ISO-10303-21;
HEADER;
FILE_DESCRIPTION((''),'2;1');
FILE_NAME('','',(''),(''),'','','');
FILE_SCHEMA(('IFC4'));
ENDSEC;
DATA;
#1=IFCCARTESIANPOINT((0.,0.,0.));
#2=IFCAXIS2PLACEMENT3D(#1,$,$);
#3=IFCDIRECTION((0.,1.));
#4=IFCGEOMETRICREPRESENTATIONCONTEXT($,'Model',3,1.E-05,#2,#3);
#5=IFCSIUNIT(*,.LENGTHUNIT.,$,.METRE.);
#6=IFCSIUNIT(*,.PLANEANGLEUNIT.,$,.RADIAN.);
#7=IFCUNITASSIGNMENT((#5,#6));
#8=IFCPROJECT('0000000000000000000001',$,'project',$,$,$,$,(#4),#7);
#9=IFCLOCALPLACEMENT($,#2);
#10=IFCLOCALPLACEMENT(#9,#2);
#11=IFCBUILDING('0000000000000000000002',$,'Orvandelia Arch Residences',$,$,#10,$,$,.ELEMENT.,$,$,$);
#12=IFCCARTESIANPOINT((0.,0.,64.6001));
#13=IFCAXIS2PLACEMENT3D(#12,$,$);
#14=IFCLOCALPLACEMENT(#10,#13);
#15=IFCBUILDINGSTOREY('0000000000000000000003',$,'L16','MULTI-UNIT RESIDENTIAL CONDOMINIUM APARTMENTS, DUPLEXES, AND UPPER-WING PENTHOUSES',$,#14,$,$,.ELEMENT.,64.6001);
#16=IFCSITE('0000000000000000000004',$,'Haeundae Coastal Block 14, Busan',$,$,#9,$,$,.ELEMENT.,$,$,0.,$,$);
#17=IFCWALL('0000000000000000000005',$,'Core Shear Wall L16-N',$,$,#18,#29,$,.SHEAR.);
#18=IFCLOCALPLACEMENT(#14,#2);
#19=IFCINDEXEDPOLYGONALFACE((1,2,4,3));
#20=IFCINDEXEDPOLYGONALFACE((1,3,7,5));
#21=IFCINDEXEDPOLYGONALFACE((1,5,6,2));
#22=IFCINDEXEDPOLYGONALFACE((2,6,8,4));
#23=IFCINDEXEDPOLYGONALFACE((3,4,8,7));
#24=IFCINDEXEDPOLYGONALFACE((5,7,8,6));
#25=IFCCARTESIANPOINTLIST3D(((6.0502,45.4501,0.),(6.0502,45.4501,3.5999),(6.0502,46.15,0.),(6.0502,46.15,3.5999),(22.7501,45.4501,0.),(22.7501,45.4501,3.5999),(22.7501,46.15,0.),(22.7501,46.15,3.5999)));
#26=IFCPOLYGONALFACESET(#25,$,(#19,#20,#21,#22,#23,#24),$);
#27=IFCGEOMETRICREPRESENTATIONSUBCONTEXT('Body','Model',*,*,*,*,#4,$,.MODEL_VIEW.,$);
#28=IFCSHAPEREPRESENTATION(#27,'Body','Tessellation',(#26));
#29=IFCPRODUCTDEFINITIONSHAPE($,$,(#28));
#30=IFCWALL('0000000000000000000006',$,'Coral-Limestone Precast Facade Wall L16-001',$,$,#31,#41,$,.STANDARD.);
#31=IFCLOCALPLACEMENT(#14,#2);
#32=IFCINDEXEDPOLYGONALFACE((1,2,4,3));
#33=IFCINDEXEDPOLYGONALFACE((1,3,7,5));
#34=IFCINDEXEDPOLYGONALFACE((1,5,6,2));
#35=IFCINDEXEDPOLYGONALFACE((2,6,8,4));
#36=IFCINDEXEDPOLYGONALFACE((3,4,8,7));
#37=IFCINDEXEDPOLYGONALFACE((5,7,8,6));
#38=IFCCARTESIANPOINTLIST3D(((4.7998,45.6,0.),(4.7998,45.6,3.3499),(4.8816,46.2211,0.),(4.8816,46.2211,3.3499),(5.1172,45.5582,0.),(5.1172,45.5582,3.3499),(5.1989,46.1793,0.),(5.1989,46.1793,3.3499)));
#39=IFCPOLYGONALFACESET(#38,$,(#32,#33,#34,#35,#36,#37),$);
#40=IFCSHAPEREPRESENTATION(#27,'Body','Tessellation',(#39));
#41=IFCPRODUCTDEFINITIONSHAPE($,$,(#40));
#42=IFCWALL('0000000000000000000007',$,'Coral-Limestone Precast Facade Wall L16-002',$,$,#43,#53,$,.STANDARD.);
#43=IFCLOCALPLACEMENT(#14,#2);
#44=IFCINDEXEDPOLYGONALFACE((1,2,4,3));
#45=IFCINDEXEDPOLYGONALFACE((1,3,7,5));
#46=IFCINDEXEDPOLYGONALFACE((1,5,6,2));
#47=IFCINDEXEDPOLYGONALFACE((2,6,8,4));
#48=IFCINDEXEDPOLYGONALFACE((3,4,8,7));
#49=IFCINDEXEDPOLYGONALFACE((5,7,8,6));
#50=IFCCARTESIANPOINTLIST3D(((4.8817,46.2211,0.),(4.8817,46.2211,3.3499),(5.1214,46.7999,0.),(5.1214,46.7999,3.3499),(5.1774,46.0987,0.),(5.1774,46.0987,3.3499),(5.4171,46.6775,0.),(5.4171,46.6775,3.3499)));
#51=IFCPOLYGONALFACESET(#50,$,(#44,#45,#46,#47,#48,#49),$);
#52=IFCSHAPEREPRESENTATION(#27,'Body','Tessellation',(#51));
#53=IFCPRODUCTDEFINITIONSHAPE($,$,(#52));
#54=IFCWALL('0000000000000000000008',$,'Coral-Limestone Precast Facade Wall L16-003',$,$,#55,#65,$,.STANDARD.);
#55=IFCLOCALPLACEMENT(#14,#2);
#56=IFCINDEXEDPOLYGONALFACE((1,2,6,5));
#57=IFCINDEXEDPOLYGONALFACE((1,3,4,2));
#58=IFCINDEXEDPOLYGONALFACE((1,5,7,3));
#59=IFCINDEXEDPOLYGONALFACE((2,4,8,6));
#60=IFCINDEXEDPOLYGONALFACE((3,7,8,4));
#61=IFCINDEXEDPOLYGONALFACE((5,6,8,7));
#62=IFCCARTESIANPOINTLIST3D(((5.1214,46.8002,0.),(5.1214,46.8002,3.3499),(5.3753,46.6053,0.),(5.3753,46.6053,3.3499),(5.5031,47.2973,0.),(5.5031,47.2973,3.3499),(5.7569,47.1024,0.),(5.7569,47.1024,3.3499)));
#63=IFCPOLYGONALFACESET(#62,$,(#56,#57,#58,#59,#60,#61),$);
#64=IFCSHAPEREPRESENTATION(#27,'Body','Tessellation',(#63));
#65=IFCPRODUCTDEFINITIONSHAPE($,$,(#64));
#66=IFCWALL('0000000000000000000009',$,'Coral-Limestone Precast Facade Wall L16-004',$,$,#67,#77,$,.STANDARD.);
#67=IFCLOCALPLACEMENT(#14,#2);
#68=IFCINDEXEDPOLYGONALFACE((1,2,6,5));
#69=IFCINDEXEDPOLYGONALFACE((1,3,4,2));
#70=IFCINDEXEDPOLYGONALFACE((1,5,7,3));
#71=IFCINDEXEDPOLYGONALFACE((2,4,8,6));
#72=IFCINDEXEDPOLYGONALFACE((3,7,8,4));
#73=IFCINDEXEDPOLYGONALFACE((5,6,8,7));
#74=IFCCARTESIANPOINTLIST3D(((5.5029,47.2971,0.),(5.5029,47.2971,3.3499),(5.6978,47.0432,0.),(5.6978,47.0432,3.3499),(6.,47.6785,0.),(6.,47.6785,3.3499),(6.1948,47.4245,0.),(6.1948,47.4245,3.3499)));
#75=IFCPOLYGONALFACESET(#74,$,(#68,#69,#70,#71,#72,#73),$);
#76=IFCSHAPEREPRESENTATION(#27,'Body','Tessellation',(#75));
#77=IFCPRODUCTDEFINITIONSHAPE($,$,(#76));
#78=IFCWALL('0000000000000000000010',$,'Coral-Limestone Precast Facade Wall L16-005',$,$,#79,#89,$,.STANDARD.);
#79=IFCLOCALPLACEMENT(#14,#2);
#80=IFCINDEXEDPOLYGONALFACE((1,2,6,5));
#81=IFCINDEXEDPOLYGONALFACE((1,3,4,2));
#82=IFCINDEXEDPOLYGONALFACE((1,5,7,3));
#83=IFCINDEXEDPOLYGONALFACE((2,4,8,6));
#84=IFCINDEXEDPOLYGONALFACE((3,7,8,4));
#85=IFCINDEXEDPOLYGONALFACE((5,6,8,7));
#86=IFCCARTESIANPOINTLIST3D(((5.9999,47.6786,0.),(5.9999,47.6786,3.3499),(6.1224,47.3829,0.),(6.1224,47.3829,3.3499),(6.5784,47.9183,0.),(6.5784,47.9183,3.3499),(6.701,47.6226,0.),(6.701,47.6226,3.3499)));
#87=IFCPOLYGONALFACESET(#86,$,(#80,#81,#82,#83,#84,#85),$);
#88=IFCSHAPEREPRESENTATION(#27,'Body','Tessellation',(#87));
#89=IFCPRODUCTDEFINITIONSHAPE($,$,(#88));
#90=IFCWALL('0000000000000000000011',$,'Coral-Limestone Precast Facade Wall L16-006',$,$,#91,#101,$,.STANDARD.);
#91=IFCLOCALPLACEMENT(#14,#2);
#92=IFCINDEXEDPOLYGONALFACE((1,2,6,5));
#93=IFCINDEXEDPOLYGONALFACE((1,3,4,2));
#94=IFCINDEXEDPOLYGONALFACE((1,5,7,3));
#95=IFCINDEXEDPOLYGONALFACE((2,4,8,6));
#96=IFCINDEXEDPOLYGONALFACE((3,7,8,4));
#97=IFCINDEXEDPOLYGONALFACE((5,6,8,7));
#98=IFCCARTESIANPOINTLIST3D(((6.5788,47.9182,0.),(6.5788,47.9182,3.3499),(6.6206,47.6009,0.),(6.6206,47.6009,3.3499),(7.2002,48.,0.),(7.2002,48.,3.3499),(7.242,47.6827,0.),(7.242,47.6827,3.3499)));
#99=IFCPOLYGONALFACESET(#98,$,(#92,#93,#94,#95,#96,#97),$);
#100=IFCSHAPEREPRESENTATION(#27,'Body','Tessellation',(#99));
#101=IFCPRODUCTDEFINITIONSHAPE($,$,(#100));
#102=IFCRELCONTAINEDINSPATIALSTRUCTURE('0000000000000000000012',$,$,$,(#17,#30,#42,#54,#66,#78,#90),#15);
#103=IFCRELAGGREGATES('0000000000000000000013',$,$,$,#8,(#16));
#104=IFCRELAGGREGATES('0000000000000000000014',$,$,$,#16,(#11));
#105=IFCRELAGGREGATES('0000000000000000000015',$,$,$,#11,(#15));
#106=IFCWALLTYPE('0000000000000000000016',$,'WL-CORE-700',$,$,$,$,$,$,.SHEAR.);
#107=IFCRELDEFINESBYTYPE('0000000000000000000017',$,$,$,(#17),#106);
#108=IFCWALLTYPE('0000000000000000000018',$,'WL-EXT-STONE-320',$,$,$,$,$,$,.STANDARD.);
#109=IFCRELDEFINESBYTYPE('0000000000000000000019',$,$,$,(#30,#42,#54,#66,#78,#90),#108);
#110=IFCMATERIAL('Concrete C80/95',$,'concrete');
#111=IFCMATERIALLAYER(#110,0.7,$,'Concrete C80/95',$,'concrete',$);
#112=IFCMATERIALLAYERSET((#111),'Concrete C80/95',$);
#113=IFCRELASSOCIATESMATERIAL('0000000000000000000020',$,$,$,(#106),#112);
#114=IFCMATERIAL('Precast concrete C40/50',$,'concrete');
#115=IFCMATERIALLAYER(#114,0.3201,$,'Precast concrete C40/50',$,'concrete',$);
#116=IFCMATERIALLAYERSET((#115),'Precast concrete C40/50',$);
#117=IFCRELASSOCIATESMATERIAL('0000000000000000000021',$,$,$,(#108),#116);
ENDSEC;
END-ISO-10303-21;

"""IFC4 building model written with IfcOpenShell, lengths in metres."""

from ifc_helpers import new_model, si_unit, direction, frame, frame_2d, origin, place, context, subcontext, project, spatial, rectangle, extrude, material, layer, layer_set, type_object, element, save


model = new_model("IFC4")

# Units and contexts
model_context = context("Model", 3, precision=1e-05, world=origin(), true_north=direction((0.0, 1.0)))
body_context = subcontext(model_context, "Body", "Model", "MODEL_VIEW")
ifc_project = project(units=[si_unit("LENGTHUNIT", "METRE"), si_unit("PLANEANGLEUNIT", "RADIAN")], contexts=[model_context])

# Site, building, storey
site_placement = place(None, origin())
site = spatial("IfcSite", under=ifc_project, at=site_placement, Name="Haeundae Coastal Block 14, Busan", CompositionType="ELEMENT", RefElevation=0.0)
building_placement = place(site_placement, origin())
building = spatial("IfcBuilding", under=site, at=building_placement, Name="Orvandelia Arch Residences", CompositionType="ELEMENT")
storey_placement = place(building_placement, frame((0.0, 0.0, 64.6001)))
storey = spatial("IfcBuildingStorey", under=building, at=storey_placement, Name="L16", Description="MULTI-UNIT RESIDENTIAL CONDOMINIUM APARTMENTS, DUPLEXES, AND UPPER-WING PENTHOUSES", CompositionType="ELEMENT", Elevation=64.6001)

# Shared definitions
ifc_material_1 = material(Name="Concrete C80/95", Category="concrete")

# Walls
ifc_layer_1 = layer(ifc_material_1, 0.7, Name="Concrete C80/95", Category="concrete")
ifc_layer_set_1 = layer_set([ifc_layer_1], Name="Concrete C80/95")
wall_type_1 = type_object("IfcWallType", Name="WL-CORE-700", PredefinedType="SHEAR", material=ifc_layer_set_1)
wall_1_placement = place(storey_placement, frame((6.05, 45.8, 0.0), z_axis=(0.0, 0.0, 1.0), x_axis=(1.0, 0.0, 0.0)))
element("IfcWall", 1, at=wall_1_placement, inside=storey, type_object=wall_type_1, Name="Core Shear Wall L16-N", PredefinedType="SHEAR", context=body_context, shape_type="SweptSolid", body=[
    extrude(rectangle(XDim=16.7, YDim=0.7, at=frame_2d((8.3501, 0.0))), origin(), (0.0, 0.0, 1.0), 3.5999),
])
ifc_material_2 = material(Name="Precast concrete C40/50", Category="concrete")
ifc_layer_2 = layer(ifc_material_2, 0.3201, Name="Precast concrete C40/50", Category="concrete")
ifc_layer_set_2 = layer_set([ifc_layer_2], Name="Precast concrete C40/50")
wall_type_2 = type_object("IfcWallType", Name="WL-EXT-STONE-320", PredefinedType="STANDARD", material=ifc_layer_set_2)
for number, where, z_axis, x_axis, name in (
    (2, (4.9585, 45.5791, 0.0), (0.0, 0.0, 1.0), (0.130555, 0.991441, 0.0), "Coral-Limestone Precast Facade Wall L16-001"),
    (3, (5.0295, 46.1599, 0.0), (0.0, 0.0, 1.0), (0.38265, 0.923893, 0.0), "Coral-Limestone Precast Facade Wall L16-002"),
):
    element("IfcWall", number, at=place(storey_placement, frame(where, z_axis=z_axis, x_axis=x_axis)), inside=storey, type_object=wall_type_2, Name=name, PredefinedType="STANDARD", context=body_context, shape_type="SweptSolid", body=[
        extrude(rectangle(XDim=0.6265, YDim=0.3201, at=frame_2d((0.3132, 0.0))), origin(), (0.0, 0.0, 1.0), 3.3499),
    ])
wall_2_placement = place(storey_placement, frame((5.2483, 46.7026, 0.0), z_axis=(0.0, 0.0, 1.0), x_axis=(0.608939, 0.793217, 0.0)))
element("IfcWall", 4, at=wall_2_placement, inside=storey, type_object=wall_type_2, Name="Coral-Limestone Precast Facade Wall L16-003", PredefinedType="STANDARD", context=body_context, shape_type="SweptSolid", body=[
    extrude(rectangle(XDim=0.6267, YDim=0.3201, at=frame_2d((0.3135, 0.0))), origin(), (0.0, 0.0, 1.0), 3.3499),
])
wall_3_placement = place(storey_placement, frame((5.6003, 47.1702, 0.0), z_axis=(0.0, 0.0, 1.0), x_axis=(0.793406, 0.608693, 0.0)))
element("IfcWall", 5, at=wall_3_placement, inside=storey, type_object=wall_type_2, Name="Coral-Limestone Precast Facade Wall L16-004", PredefinedType="STANDARD", context=body_context, shape_type="SweptSolid", body=[
    extrude(rectangle(XDim=0.6265, YDim=0.3201, at=frame_2d((0.3132, 0.0))), origin(), (0.0, 0.0, 1.0), 3.3499),
])
wall_4_placement = place(storey_placement, frame((6.0613, 47.5308, 0.0), z_axis=(0.0, 0.0, 1.0), x_axis=(0.923836, 0.382788, 0.0)))
element("IfcWall", 6, at=wall_4_placement, inside=storey, type_object=wall_type_2, Name="Coral-Limestone Precast Facade Wall L16-005", PredefinedType="STANDARD", context=body_context, shape_type="SweptSolid", body=[
    extrude(rectangle(XDim=0.6262, YDim=0.3201, at=frame_2d((0.313, 0.0))), origin(), (0.0, 0.0, 1.0), 3.3499),
])
wall_5_placement = place(storey_placement, frame((6.5996, 47.7595, 0.0), z_axis=(0.0, 0.0, 1.0), x_axis=(0.991448, 0.130505, 0.0)))
element("IfcWall", 7, at=wall_5_placement, inside=storey, type_object=wall_type_2, Name="Coral-Limestone Precast Facade Wall L16-006", PredefinedType="STANDARD", context=body_context, shape_type="SweptSolid", body=[
    extrude(rectangle(XDim=0.6267, YDim=0.3201, at=frame_2d((0.3135, 0.0))), origin(), (0.0, 0.0, 1.0), 3.3499),
])

save(model, "model.ifc")
